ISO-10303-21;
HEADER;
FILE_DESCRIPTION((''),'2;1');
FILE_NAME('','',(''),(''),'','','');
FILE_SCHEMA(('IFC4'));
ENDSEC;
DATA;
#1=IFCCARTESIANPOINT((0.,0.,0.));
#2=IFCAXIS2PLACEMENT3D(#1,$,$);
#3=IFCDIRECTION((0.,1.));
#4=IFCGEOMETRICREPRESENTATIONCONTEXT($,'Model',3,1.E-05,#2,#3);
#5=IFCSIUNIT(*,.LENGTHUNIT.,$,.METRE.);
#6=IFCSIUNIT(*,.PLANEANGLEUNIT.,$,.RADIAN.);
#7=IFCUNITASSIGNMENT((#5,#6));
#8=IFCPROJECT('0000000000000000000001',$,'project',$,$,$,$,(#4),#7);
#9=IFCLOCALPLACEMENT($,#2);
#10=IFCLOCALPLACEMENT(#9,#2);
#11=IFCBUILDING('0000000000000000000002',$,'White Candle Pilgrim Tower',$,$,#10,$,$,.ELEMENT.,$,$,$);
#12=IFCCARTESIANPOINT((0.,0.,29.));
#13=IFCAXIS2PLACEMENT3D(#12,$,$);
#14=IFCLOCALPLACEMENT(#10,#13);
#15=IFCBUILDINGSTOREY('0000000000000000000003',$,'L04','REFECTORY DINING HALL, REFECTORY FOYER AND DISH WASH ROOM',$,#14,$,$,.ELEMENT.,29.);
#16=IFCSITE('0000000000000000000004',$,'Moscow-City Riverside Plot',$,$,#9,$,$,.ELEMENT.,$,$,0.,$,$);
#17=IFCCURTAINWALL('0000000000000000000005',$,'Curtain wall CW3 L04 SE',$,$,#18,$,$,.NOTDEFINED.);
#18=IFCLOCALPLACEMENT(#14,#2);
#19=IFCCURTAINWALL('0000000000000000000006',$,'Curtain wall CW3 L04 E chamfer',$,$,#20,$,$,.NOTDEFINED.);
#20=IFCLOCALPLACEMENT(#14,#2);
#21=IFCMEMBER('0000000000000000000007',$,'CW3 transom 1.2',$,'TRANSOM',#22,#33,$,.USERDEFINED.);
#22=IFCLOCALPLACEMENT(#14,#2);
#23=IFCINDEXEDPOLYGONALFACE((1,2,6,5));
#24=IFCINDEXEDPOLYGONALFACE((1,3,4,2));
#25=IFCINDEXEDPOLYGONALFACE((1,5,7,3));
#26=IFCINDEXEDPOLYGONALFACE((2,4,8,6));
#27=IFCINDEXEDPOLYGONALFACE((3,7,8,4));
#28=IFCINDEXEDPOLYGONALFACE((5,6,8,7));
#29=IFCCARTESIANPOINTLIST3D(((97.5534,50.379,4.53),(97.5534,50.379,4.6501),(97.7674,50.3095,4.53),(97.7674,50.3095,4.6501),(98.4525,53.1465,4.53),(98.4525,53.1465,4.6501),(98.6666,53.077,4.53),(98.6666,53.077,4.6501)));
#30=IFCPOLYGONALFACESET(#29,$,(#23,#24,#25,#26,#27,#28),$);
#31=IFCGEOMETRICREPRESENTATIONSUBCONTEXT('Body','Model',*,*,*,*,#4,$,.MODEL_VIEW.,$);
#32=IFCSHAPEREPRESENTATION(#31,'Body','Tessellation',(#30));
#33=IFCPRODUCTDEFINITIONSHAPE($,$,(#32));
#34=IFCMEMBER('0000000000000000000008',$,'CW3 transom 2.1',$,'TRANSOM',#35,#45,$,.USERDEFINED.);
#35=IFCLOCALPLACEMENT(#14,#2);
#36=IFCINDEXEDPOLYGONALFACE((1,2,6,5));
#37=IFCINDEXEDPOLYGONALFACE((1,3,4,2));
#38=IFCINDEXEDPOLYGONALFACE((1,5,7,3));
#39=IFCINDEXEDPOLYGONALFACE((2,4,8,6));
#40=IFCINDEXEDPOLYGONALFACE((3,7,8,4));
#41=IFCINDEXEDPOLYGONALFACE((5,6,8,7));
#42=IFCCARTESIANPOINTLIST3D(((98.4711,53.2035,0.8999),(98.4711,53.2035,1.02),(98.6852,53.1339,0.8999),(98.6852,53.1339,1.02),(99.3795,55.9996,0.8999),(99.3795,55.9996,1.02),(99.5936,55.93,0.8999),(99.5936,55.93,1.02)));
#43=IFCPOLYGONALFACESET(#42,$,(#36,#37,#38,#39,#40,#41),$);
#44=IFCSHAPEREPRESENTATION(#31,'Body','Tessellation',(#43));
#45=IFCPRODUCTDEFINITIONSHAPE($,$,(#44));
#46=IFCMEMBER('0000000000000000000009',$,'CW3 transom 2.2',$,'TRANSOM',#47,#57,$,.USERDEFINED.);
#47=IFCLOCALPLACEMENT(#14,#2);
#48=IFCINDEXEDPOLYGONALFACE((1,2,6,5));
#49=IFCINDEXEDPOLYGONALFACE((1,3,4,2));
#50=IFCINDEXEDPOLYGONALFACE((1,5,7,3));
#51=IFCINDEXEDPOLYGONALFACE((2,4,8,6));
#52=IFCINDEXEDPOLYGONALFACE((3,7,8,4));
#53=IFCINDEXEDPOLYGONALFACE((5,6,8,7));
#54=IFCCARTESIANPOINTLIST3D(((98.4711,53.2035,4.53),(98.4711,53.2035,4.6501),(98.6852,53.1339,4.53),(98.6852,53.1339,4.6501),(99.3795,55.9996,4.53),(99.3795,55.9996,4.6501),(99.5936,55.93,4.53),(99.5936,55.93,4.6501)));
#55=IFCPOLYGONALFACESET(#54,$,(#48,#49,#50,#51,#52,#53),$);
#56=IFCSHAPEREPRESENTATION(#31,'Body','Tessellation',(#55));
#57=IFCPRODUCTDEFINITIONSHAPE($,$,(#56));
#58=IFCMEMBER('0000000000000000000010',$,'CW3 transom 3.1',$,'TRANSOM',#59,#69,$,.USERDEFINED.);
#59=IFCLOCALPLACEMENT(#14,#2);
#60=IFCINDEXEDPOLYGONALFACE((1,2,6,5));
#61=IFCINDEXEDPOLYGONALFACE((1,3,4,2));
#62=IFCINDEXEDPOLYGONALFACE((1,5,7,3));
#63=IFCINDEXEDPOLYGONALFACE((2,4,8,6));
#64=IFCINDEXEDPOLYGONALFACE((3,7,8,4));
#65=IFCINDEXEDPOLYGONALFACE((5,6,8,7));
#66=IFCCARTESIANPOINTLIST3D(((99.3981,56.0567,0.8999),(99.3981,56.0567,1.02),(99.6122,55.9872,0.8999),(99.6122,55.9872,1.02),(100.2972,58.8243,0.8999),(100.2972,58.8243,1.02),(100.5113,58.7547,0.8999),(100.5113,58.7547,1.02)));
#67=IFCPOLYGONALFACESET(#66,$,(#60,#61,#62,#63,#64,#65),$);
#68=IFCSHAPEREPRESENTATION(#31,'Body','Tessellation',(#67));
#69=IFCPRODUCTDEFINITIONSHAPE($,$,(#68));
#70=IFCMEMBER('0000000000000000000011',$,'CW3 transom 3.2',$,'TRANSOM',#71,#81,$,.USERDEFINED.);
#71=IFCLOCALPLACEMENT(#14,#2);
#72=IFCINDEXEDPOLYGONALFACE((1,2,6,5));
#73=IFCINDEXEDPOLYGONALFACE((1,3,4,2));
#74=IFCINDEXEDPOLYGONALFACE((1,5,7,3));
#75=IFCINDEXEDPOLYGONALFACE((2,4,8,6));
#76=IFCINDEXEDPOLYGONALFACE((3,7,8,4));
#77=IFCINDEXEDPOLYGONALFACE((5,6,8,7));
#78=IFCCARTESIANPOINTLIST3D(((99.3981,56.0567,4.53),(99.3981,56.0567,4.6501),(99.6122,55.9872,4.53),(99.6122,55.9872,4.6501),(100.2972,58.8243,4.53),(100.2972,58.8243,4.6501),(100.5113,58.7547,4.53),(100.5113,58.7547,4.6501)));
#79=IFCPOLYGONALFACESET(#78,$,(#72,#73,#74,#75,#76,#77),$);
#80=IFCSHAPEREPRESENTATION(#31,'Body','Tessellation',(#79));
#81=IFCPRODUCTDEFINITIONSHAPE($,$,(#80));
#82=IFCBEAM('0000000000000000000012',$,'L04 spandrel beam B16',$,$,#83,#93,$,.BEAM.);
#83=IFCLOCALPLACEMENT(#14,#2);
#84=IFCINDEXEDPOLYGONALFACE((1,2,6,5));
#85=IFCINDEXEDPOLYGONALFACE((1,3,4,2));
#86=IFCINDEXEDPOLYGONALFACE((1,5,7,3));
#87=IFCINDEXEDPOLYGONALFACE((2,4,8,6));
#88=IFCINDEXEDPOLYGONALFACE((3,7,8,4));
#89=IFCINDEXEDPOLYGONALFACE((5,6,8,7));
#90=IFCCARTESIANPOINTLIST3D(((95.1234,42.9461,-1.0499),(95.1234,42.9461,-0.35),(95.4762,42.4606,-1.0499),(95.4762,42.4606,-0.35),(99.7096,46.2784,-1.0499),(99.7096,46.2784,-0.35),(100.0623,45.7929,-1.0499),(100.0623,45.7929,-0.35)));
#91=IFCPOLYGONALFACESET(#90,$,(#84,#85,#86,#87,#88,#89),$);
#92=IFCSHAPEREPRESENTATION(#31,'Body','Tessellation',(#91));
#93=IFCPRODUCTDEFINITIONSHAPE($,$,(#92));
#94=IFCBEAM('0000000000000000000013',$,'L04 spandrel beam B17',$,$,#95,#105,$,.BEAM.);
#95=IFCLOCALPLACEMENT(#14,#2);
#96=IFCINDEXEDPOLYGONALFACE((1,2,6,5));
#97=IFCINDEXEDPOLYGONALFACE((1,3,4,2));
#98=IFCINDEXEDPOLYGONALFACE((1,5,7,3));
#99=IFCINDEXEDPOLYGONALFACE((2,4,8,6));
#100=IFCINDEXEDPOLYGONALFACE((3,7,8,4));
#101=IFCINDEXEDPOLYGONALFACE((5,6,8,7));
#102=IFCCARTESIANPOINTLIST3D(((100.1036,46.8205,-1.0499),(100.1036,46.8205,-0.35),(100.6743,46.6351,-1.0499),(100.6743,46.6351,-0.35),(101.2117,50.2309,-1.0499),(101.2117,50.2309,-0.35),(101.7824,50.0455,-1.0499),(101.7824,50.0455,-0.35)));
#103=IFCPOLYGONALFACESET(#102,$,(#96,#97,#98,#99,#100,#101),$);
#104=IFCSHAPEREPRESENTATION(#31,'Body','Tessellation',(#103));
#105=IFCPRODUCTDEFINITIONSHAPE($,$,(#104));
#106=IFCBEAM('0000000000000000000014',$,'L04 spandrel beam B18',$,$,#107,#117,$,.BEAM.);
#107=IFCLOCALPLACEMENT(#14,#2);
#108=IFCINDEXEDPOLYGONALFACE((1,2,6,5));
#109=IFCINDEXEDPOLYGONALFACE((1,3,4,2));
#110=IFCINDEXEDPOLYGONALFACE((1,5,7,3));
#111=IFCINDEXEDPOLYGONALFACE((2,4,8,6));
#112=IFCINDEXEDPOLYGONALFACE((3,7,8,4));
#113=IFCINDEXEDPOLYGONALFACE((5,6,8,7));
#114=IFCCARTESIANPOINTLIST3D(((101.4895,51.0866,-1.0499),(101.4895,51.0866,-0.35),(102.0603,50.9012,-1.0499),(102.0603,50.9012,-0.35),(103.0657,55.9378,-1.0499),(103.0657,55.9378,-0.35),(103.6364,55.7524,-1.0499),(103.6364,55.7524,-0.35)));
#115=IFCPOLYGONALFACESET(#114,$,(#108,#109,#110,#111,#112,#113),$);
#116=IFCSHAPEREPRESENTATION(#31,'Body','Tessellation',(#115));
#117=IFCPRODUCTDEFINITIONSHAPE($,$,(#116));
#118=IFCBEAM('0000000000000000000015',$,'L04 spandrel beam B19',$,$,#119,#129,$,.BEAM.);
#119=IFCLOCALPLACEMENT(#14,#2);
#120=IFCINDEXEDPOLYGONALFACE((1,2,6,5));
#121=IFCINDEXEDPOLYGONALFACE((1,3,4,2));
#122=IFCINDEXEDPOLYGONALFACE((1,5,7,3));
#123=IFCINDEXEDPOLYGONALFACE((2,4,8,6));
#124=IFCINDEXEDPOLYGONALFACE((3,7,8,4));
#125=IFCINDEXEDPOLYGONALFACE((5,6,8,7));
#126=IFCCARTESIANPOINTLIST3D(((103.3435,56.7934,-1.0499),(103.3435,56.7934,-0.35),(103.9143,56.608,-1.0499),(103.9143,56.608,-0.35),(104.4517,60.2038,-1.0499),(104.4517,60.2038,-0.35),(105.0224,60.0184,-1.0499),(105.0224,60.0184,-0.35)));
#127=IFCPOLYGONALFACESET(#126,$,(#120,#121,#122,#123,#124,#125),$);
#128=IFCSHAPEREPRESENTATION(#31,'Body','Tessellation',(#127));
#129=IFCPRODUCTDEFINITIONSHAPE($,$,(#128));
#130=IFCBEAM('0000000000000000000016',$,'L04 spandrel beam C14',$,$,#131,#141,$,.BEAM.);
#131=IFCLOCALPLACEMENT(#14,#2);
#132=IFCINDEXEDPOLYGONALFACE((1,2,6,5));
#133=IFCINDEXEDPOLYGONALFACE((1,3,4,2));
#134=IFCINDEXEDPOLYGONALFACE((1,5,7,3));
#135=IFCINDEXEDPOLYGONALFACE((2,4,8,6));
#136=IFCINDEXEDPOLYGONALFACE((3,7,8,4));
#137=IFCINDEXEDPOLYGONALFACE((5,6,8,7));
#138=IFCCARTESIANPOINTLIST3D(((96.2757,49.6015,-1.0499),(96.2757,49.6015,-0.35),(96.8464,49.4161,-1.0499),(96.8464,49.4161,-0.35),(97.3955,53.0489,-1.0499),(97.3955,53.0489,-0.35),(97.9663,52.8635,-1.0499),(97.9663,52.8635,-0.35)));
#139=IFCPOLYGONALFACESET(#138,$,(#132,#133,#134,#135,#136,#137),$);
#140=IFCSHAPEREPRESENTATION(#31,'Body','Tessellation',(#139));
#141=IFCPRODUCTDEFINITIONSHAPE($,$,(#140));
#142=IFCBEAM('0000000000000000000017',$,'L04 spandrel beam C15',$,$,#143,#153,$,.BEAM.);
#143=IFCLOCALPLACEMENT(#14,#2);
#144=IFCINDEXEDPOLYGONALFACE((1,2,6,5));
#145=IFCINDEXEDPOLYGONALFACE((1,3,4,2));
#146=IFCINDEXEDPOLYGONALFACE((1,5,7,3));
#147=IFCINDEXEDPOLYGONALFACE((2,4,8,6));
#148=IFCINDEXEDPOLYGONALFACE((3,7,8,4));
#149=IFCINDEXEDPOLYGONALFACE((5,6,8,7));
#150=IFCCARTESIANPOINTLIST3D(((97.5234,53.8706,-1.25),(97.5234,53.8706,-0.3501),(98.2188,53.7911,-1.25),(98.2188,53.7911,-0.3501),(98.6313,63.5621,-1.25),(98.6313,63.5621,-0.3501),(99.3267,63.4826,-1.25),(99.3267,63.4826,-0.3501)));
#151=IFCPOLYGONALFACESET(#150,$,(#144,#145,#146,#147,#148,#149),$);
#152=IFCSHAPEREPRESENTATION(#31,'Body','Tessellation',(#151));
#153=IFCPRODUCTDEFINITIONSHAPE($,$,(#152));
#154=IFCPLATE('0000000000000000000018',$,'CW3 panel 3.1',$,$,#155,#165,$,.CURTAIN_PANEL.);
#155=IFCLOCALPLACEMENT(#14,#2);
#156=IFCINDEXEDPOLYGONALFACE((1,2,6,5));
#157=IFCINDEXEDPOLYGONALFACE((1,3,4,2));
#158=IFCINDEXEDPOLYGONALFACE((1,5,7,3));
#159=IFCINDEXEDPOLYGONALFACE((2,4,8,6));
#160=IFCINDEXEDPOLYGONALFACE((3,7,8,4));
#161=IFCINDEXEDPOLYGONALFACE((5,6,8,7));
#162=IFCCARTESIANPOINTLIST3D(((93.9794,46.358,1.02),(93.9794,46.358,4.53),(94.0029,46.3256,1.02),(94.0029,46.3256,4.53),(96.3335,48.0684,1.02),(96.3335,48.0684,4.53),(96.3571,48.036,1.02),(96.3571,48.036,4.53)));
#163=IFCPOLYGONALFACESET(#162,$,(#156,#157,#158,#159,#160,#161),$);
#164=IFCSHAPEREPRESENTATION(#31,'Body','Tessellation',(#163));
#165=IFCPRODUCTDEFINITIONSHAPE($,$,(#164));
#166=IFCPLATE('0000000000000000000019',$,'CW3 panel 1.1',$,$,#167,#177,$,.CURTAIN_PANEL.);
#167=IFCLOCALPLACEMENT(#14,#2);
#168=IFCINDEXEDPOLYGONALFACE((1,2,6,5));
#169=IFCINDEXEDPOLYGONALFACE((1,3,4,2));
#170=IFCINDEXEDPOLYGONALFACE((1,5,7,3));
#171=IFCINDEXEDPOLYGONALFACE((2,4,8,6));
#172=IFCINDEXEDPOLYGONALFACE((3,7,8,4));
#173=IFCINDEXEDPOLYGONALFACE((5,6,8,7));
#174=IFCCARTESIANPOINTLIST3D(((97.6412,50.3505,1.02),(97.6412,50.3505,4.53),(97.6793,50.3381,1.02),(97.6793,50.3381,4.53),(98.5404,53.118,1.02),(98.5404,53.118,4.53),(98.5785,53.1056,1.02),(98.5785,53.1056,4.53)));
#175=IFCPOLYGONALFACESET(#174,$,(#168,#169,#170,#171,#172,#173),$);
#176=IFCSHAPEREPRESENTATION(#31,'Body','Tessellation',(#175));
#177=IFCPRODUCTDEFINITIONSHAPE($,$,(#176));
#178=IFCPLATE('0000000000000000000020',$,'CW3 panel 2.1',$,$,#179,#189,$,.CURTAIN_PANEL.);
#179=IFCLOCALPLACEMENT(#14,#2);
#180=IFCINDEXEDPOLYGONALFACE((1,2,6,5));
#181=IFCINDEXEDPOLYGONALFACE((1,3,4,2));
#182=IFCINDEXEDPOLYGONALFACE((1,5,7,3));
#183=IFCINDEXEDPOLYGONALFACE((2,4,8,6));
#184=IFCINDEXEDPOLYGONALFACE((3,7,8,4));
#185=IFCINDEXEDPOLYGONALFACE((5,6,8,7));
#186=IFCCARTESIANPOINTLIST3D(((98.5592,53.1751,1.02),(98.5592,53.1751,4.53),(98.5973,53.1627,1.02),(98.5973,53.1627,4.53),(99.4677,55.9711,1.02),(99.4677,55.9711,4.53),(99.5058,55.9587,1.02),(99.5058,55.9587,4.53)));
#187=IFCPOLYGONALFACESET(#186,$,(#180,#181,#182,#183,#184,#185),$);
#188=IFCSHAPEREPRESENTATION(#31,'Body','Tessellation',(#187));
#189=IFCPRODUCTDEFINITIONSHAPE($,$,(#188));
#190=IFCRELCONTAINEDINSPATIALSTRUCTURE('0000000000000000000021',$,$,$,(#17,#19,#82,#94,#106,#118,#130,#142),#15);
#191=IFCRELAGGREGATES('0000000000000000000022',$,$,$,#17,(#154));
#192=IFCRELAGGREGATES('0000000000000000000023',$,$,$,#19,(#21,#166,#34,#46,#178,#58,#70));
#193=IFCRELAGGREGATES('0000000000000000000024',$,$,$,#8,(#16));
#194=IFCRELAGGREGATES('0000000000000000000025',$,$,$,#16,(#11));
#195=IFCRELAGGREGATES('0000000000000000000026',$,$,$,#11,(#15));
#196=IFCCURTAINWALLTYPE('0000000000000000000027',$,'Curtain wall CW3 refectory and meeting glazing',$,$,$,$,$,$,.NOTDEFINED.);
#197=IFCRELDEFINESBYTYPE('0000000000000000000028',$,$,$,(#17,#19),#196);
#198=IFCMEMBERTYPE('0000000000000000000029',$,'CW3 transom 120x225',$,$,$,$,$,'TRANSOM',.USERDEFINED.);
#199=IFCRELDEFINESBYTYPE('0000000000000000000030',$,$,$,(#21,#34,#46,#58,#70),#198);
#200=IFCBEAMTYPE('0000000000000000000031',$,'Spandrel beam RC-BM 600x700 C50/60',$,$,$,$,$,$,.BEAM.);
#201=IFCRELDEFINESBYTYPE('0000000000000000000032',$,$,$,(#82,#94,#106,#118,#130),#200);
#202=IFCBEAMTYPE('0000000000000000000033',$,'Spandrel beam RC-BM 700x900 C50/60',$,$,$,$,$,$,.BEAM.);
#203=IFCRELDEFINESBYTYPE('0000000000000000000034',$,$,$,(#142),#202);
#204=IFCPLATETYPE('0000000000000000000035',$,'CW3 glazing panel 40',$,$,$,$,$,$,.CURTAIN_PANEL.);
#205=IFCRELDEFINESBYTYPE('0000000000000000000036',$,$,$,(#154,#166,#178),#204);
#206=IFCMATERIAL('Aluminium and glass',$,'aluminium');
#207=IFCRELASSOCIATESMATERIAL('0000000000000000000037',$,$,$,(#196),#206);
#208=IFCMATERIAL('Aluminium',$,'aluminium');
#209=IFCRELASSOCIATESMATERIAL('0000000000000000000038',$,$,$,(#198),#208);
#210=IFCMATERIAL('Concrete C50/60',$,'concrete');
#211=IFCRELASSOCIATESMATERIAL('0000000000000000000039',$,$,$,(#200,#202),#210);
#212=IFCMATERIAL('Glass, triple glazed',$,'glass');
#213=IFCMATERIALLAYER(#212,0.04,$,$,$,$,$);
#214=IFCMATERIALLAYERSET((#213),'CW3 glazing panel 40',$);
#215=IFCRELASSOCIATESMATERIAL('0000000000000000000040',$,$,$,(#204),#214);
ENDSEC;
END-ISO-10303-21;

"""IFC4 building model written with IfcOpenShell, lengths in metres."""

from ifc_helpers import new_model, si_unit, direction, frame, origin, origin_2d, place, context, subcontext, project, spatial, rectangle, extrude, material, layer, layer_set, material_profile, profile_set, type_object, element, aggregate, save


model = new_model("IFC4")

# Units and contexts
model_context = context("Model", 3, precision=1e-05, world=origin(), true_north=direction((0.0, 1.0)))
body_context = subcontext(model_context, "Body", "Model", "MODEL_VIEW")
ifc_project = project(units=[si_unit("LENGTHUNIT", "METRE"), si_unit("PLANEANGLEUNIT", "RADIAN")], contexts=[model_context])

# Site, building, storey
site_placement = place(None, origin())
site = spatial("IfcSite", under=ifc_project, at=site_placement, Name="Moscow-City Riverside Plot", CompositionType="ELEMENT", RefElevation=0.0)
building_placement = place(site_placement, origin())
building = spatial("IfcBuilding", under=site, at=building_placement, Name="White Candle Pilgrim Tower", CompositionType="ELEMENT")
storey_placement = place(building_placement, frame((0.0, 0.0, 29.0)))
storey = spatial("IfcBuildingStorey", under=building, at=storey_placement, Name="L04", Description="REFECTORY DINING HALL, REFECTORY FOYER AND DISH WASH ROOM", CompositionType="ELEMENT", Elevation=29.0)

# Curtain walls
ifc_material_1 = material(Name="Aluminium and glass", Category="aluminium")
curtain_wall_type = type_object("IfcCurtainWallType", Name="Curtain wall CW3 refectory and meeting glazing", PredefinedType="NOTDEFINED", material=ifc_material_1)
curtain_wall_1_placement = place(storey_placement, origin())
curtain_wall_1 = element("IfcCurtainWall", 1, at=curtain_wall_1_placement, inside=storey, type_object=curtain_wall_type, Name="Curtain wall CW3 L04 SE", PredefinedType="NOTDEFINED")
ifc_material_2 = material(Name="Aluminium", Category="aluminium")
curtain_wall_2_placement = place(storey_placement, origin())
curtain_wall_2 = element("IfcCurtainWall", 2, at=curtain_wall_2_placement, inside=storey, type_object=curtain_wall_type, Name="Curtain wall CW3 L04 E chamfer", PredefinedType="NOTDEFINED")

# Members
ifc_material_profile_1 = material_profile(ifc_material_2, rectangle(XDim=0.2251, YDim=0.1201, at=origin_2d()), Name="CW3 transom 120x225")
ifc_profile_set_1 = profile_set([ifc_material_profile_1], Name="Aluminium")
member_type_1 = type_object("IfcMemberType", Name="CW3 transom 120x225", ElementType="TRANSOM", PredefinedType="USERDEFINED", material=ifc_profile_set_1)
member_1_placement = place(storey_placement, frame((97.6604, 50.3442, 4.5901), z_axis=(0.308995, 0.951064, 0.0), x_axis=(-0.951064, 0.308995, 0.0)))
member_1 = element("IfcMember", 3, at=member_1_placement, type_object=member_type_1, Name="CW3 transom 1.2", ObjectType="TRANSOM", PredefinedType="USERDEFINED", context=body_context, shape_type="SweptSolid", body=[
    extrude(rectangle(XDim=0.2251, YDim=0.1201, at=origin_2d()), origin(), (0.0, 0.0, 1.0), 2.9099),
])
member_2_placement = place(storey_placement, frame((98.5781, 53.1687, 0.96), z_axis=(0.308994, 0.951064, 0.0), x_axis=(-0.951064, 0.308994, 0.0)))
member_2 = element("IfcMember", 4, at=member_2_placement, type_object=member_type_1, Name="CW3 transom 2.1", ObjectType="TRANSOM", PredefinedType="USERDEFINED", context=body_context, shape_type="SweptSolid", body=[
    extrude(rectangle(XDim=0.2251, YDim=0.1201, at=origin_2d()), origin(), (0.0, 0.0, 1.0), 2.9399),
])
member_3_placement = place(storey_placement, frame((98.5781, 53.1687, 4.5901), z_axis=(0.308994, 0.951064, 0.0), x_axis=(-0.951064, 0.308994, 0.0)))
member_3 = element("IfcMember", 5, at=member_3_placement, type_object=member_type_1, Name="CW3 transom 2.2", ObjectType="TRANSOM", PredefinedType="USERDEFINED", context=body_context, shape_type="SweptSolid", body=[
    extrude(rectangle(XDim=0.2251, YDim=0.1201, at=origin_2d()), origin(), (0.0, 0.0, 1.0), 2.9399),
])
member_4_placement = place(storey_placement, frame((99.5051, 56.022, 0.96), z_axis=(0.308995, 0.951064, 0.0), x_axis=(-0.951064, 0.308995, 0.0)))
member_4 = element("IfcMember", 6, at=member_4_placement, type_object=member_type_1, Name="CW3 transom 3.1", ObjectType="TRANSOM", PredefinedType="USERDEFINED", context=body_context, shape_type="SweptSolid", body=[
    extrude(rectangle(XDim=0.2251, YDim=0.1201, at=origin_2d()), origin(), (0.0, 0.0, 1.0), 2.9099),
])
member_5_placement = place(storey_placement, frame((99.5051, 56.022, 4.5901), z_axis=(0.308995, 0.951064, 0.0), x_axis=(-0.951064, 0.308995, 0.0)))
member_5 = element("IfcMember", 7, at=member_5_placement, type_object=member_type_1, Name="CW3 transom 3.2", ObjectType="TRANSOM", PredefinedType="USERDEFINED", context=body_context, shape_type="SweptSolid", body=[
    extrude(rectangle(XDim=0.2251, YDim=0.1201, at=origin_2d()), origin(), (0.0, 0.0, 1.0), 2.9099),
])

# Beams
ifc_material_3 = material(Name="Concrete C50/60", Category="concrete")
ifc_material_profile_2 = material_profile(ifc_material_3, rectangle(XDim=0.6001, YDim=0.7, at=origin_2d()), Name="RC-BM 600x700")
ifc_profile_set_2 = profile_set([ifc_material_profile_2], Name="Concrete C50/60")
beam_type_1 = type_object("IfcBeamType", Name="Spandrel beam RC-BM 600x700 C50/60", PredefinedType="BEAM", material=ifc_profile_set_2)
beam_1_placement = place(storey_placement, frame((95.2998, 42.7034, -0.7), z_axis=(0.808999, 0.587811, 0.0), x_axis=(-0.587811, 0.808999, 0.0)))
element("IfcBeam", 8, at=beam_1_placement, inside=storey, type_object=beam_type_1, Name="L04 spandrel beam B16", PredefinedType="BEAM", context=body_context, shape_type="SweptSolid", body=[
    extrude(rectangle(XDim=0.6001, YDim=0.7, at=origin_2d()), origin(), (0.0, 0.0, 1.0), 5.6689),
])
beam_2_placement = place(storey_placement, frame((100.3889, 46.7278, -0.7), z_axis=(0.309029, 0.951053, 0.0), x_axis=(-0.951053, 0.309029, 0.0)))
element("IfcBeam", 9, at=beam_2_placement, inside=storey, type_object=beam_type_1, Name="L04 spandrel beam B17", PredefinedType="BEAM", context=body_context, shape_type="SweptSolid", body=[
    extrude(rectangle(XDim=0.6001, YDim=0.7, at=origin_2d()), origin(), (0.0, 0.0, 1.0), 3.5859),
])
beam_3_placement = place(storey_placement, frame((101.7749, 50.9939, -0.7), z_axis=(0.308996, 0.951063, 0.0), x_axis=(-0.951063, 0.308996, 0.0)))
element("IfcBeam", 10, at=beam_3_placement, inside=storey, type_object=beam_type_1, Name="L04 spandrel beam B18", PredefinedType="BEAM", context=body_context, shape_type="SweptSolid", body=[
    extrude(rectangle(XDim=0.6001, YDim=0.7, at=origin_2d()), origin(), (0.0, 0.0, 1.0), 5.1008),
])
beam_4_placement = place(storey_placement, frame((103.6289, 56.7007, -0.7), z_axis=(0.309029, 0.951053, 0.0), x_axis=(-0.951053, 0.309029, 0.0)))
element("IfcBeam", 11, at=beam_4_placement, inside=storey, type_object=beam_type_1, Name="L04 spandrel beam B19", PredefinedType="BEAM", context=body_context, shape_type="SweptSolid", body=[
    extrude(rectangle(XDim=0.6001, YDim=0.7, at=origin_2d()), origin(), (0.0, 0.0, 1.0), 3.5859),
])
beam_5_placement = place(storey_placement, frame((96.561, 49.5088, -0.7), z_axis=(0.308944, 0.95108, 0.0), x_axis=(-0.95108, 0.308944, 0.0)))
element("IfcBeam", 12, at=beam_5_placement, inside=storey, type_object=beam_type_1, Name="L04 spandrel beam C14", PredefinedType="BEAM", context=body_context, shape_type="SweptSolid", body=[
    extrude(rectangle(XDim=0.6001, YDim=0.7, at=origin_2d()), origin(), (0.0, 0.0, 1.0), 3.6248),
])
ifc_material_profile_3 = material_profile(ifc_material_3, rectangle(XDim=0.7, YDim=0.8999, at=origin_2d()), Name="RC-BM 700x900")
ifc_profile_set_3 = profile_set([ifc_material_profile_3], Name="Concrete C50/60")
beam_type_2 = type_object("IfcBeamType", Name="Spandrel beam RC-BM 700x900 C50/60", PredefinedType="BEAM", material=ifc_profile_set_3)
beam_6_placement = place(storey_placement, frame((97.8711, 53.8308, -0.8), z_axis=(0.113579, 0.993529, 0.0), x_axis=(-0.993529, 0.113579, 0.0)))
element("IfcBeam", 13, at=beam_6_placement, inside=storey, type_object=beam_type_2, Name="L04 spandrel beam C15", PredefinedType="BEAM", context=body_context, shape_type="SweptSolid", body=[
    extrude(rectangle(XDim=0.7, YDim=0.8999, at=origin_2d()), origin(), (0.0, 0.0, 1.0), 9.7546),
])

# Plates
ifc_material_4 = material(Name="Glass, triple glazed", Category="glass")
ifc_layer_1 = layer(ifc_material_4, 0.04)
ifc_layer_set_1 = layer_set([ifc_layer_1], Name="CW3 glazing panel 40")
plate_type = type_object("IfcPlateType", Name="CW3 glazing panel 40", PredefinedType="CURTAIN_PANEL", material=ifc_layer_set_1)
plate_1_placement = place(storey_placement, frame((95.1682, 47.197, 1.02), z_axis=(0.0, 0.0, 1.0), x_axis=(0.809017, 0.587785, 0.0)))
plate_1 = element("IfcPlate", 14, at=plate_1_placement, type_object=plate_type, Name="CW3 panel 3.1", PredefinedType="CURTAIN_PANEL", context=body_context, shape_type="SweptSolid", body=[
    extrude(rectangle(XDim=2.9099, YDim=0.04, at=origin_2d()), origin(), (0.0, 0.0, 1.0), 3.51),
])
aggregate(curtain_wall_1, [plate_1])
plate_2_placement = place(storey_placement, frame((98.1099, 51.728, 1.02), z_axis=(0.0, 0.0, 1.0), x_axis=(0.309017, 0.951057, 0.0)))
plate_2 = element("IfcPlate", 15, at=plate_2_placement, type_object=plate_type, Name="CW3 panel 1.1", PredefinedType="CURTAIN_PANEL", context=body_context, shape_type="SweptSolid", body=[
    extrude(rectangle(XDim=2.9099, YDim=0.04, at=origin_2d()), origin(), (0.0, 0.0, 1.0), 3.51),
])
plate_3_placement = place(storey_placement, frame((99.0325, 54.5669, 1.02), z_axis=(0.0, 0.0, 1.0), x_axis=(0.309017, 0.951057, 0.0)))
plate_3 = element("IfcPlate", 16, at=plate_3_placement, type_object=plate_type, Name="CW3 panel 2.1", PredefinedType="CURTAIN_PANEL", context=body_context, shape_type="SweptSolid", body=[
    extrude(rectangle(XDim=2.9399, YDim=0.04, at=origin_2d()), origin(), (0.0, 0.0, 1.0), 3.51),
])
aggregate(curtain_wall_2, [member_1, plate_2, member_2, member_3, plate_3, member_4, member_5])

save(model, "model.ifc")
